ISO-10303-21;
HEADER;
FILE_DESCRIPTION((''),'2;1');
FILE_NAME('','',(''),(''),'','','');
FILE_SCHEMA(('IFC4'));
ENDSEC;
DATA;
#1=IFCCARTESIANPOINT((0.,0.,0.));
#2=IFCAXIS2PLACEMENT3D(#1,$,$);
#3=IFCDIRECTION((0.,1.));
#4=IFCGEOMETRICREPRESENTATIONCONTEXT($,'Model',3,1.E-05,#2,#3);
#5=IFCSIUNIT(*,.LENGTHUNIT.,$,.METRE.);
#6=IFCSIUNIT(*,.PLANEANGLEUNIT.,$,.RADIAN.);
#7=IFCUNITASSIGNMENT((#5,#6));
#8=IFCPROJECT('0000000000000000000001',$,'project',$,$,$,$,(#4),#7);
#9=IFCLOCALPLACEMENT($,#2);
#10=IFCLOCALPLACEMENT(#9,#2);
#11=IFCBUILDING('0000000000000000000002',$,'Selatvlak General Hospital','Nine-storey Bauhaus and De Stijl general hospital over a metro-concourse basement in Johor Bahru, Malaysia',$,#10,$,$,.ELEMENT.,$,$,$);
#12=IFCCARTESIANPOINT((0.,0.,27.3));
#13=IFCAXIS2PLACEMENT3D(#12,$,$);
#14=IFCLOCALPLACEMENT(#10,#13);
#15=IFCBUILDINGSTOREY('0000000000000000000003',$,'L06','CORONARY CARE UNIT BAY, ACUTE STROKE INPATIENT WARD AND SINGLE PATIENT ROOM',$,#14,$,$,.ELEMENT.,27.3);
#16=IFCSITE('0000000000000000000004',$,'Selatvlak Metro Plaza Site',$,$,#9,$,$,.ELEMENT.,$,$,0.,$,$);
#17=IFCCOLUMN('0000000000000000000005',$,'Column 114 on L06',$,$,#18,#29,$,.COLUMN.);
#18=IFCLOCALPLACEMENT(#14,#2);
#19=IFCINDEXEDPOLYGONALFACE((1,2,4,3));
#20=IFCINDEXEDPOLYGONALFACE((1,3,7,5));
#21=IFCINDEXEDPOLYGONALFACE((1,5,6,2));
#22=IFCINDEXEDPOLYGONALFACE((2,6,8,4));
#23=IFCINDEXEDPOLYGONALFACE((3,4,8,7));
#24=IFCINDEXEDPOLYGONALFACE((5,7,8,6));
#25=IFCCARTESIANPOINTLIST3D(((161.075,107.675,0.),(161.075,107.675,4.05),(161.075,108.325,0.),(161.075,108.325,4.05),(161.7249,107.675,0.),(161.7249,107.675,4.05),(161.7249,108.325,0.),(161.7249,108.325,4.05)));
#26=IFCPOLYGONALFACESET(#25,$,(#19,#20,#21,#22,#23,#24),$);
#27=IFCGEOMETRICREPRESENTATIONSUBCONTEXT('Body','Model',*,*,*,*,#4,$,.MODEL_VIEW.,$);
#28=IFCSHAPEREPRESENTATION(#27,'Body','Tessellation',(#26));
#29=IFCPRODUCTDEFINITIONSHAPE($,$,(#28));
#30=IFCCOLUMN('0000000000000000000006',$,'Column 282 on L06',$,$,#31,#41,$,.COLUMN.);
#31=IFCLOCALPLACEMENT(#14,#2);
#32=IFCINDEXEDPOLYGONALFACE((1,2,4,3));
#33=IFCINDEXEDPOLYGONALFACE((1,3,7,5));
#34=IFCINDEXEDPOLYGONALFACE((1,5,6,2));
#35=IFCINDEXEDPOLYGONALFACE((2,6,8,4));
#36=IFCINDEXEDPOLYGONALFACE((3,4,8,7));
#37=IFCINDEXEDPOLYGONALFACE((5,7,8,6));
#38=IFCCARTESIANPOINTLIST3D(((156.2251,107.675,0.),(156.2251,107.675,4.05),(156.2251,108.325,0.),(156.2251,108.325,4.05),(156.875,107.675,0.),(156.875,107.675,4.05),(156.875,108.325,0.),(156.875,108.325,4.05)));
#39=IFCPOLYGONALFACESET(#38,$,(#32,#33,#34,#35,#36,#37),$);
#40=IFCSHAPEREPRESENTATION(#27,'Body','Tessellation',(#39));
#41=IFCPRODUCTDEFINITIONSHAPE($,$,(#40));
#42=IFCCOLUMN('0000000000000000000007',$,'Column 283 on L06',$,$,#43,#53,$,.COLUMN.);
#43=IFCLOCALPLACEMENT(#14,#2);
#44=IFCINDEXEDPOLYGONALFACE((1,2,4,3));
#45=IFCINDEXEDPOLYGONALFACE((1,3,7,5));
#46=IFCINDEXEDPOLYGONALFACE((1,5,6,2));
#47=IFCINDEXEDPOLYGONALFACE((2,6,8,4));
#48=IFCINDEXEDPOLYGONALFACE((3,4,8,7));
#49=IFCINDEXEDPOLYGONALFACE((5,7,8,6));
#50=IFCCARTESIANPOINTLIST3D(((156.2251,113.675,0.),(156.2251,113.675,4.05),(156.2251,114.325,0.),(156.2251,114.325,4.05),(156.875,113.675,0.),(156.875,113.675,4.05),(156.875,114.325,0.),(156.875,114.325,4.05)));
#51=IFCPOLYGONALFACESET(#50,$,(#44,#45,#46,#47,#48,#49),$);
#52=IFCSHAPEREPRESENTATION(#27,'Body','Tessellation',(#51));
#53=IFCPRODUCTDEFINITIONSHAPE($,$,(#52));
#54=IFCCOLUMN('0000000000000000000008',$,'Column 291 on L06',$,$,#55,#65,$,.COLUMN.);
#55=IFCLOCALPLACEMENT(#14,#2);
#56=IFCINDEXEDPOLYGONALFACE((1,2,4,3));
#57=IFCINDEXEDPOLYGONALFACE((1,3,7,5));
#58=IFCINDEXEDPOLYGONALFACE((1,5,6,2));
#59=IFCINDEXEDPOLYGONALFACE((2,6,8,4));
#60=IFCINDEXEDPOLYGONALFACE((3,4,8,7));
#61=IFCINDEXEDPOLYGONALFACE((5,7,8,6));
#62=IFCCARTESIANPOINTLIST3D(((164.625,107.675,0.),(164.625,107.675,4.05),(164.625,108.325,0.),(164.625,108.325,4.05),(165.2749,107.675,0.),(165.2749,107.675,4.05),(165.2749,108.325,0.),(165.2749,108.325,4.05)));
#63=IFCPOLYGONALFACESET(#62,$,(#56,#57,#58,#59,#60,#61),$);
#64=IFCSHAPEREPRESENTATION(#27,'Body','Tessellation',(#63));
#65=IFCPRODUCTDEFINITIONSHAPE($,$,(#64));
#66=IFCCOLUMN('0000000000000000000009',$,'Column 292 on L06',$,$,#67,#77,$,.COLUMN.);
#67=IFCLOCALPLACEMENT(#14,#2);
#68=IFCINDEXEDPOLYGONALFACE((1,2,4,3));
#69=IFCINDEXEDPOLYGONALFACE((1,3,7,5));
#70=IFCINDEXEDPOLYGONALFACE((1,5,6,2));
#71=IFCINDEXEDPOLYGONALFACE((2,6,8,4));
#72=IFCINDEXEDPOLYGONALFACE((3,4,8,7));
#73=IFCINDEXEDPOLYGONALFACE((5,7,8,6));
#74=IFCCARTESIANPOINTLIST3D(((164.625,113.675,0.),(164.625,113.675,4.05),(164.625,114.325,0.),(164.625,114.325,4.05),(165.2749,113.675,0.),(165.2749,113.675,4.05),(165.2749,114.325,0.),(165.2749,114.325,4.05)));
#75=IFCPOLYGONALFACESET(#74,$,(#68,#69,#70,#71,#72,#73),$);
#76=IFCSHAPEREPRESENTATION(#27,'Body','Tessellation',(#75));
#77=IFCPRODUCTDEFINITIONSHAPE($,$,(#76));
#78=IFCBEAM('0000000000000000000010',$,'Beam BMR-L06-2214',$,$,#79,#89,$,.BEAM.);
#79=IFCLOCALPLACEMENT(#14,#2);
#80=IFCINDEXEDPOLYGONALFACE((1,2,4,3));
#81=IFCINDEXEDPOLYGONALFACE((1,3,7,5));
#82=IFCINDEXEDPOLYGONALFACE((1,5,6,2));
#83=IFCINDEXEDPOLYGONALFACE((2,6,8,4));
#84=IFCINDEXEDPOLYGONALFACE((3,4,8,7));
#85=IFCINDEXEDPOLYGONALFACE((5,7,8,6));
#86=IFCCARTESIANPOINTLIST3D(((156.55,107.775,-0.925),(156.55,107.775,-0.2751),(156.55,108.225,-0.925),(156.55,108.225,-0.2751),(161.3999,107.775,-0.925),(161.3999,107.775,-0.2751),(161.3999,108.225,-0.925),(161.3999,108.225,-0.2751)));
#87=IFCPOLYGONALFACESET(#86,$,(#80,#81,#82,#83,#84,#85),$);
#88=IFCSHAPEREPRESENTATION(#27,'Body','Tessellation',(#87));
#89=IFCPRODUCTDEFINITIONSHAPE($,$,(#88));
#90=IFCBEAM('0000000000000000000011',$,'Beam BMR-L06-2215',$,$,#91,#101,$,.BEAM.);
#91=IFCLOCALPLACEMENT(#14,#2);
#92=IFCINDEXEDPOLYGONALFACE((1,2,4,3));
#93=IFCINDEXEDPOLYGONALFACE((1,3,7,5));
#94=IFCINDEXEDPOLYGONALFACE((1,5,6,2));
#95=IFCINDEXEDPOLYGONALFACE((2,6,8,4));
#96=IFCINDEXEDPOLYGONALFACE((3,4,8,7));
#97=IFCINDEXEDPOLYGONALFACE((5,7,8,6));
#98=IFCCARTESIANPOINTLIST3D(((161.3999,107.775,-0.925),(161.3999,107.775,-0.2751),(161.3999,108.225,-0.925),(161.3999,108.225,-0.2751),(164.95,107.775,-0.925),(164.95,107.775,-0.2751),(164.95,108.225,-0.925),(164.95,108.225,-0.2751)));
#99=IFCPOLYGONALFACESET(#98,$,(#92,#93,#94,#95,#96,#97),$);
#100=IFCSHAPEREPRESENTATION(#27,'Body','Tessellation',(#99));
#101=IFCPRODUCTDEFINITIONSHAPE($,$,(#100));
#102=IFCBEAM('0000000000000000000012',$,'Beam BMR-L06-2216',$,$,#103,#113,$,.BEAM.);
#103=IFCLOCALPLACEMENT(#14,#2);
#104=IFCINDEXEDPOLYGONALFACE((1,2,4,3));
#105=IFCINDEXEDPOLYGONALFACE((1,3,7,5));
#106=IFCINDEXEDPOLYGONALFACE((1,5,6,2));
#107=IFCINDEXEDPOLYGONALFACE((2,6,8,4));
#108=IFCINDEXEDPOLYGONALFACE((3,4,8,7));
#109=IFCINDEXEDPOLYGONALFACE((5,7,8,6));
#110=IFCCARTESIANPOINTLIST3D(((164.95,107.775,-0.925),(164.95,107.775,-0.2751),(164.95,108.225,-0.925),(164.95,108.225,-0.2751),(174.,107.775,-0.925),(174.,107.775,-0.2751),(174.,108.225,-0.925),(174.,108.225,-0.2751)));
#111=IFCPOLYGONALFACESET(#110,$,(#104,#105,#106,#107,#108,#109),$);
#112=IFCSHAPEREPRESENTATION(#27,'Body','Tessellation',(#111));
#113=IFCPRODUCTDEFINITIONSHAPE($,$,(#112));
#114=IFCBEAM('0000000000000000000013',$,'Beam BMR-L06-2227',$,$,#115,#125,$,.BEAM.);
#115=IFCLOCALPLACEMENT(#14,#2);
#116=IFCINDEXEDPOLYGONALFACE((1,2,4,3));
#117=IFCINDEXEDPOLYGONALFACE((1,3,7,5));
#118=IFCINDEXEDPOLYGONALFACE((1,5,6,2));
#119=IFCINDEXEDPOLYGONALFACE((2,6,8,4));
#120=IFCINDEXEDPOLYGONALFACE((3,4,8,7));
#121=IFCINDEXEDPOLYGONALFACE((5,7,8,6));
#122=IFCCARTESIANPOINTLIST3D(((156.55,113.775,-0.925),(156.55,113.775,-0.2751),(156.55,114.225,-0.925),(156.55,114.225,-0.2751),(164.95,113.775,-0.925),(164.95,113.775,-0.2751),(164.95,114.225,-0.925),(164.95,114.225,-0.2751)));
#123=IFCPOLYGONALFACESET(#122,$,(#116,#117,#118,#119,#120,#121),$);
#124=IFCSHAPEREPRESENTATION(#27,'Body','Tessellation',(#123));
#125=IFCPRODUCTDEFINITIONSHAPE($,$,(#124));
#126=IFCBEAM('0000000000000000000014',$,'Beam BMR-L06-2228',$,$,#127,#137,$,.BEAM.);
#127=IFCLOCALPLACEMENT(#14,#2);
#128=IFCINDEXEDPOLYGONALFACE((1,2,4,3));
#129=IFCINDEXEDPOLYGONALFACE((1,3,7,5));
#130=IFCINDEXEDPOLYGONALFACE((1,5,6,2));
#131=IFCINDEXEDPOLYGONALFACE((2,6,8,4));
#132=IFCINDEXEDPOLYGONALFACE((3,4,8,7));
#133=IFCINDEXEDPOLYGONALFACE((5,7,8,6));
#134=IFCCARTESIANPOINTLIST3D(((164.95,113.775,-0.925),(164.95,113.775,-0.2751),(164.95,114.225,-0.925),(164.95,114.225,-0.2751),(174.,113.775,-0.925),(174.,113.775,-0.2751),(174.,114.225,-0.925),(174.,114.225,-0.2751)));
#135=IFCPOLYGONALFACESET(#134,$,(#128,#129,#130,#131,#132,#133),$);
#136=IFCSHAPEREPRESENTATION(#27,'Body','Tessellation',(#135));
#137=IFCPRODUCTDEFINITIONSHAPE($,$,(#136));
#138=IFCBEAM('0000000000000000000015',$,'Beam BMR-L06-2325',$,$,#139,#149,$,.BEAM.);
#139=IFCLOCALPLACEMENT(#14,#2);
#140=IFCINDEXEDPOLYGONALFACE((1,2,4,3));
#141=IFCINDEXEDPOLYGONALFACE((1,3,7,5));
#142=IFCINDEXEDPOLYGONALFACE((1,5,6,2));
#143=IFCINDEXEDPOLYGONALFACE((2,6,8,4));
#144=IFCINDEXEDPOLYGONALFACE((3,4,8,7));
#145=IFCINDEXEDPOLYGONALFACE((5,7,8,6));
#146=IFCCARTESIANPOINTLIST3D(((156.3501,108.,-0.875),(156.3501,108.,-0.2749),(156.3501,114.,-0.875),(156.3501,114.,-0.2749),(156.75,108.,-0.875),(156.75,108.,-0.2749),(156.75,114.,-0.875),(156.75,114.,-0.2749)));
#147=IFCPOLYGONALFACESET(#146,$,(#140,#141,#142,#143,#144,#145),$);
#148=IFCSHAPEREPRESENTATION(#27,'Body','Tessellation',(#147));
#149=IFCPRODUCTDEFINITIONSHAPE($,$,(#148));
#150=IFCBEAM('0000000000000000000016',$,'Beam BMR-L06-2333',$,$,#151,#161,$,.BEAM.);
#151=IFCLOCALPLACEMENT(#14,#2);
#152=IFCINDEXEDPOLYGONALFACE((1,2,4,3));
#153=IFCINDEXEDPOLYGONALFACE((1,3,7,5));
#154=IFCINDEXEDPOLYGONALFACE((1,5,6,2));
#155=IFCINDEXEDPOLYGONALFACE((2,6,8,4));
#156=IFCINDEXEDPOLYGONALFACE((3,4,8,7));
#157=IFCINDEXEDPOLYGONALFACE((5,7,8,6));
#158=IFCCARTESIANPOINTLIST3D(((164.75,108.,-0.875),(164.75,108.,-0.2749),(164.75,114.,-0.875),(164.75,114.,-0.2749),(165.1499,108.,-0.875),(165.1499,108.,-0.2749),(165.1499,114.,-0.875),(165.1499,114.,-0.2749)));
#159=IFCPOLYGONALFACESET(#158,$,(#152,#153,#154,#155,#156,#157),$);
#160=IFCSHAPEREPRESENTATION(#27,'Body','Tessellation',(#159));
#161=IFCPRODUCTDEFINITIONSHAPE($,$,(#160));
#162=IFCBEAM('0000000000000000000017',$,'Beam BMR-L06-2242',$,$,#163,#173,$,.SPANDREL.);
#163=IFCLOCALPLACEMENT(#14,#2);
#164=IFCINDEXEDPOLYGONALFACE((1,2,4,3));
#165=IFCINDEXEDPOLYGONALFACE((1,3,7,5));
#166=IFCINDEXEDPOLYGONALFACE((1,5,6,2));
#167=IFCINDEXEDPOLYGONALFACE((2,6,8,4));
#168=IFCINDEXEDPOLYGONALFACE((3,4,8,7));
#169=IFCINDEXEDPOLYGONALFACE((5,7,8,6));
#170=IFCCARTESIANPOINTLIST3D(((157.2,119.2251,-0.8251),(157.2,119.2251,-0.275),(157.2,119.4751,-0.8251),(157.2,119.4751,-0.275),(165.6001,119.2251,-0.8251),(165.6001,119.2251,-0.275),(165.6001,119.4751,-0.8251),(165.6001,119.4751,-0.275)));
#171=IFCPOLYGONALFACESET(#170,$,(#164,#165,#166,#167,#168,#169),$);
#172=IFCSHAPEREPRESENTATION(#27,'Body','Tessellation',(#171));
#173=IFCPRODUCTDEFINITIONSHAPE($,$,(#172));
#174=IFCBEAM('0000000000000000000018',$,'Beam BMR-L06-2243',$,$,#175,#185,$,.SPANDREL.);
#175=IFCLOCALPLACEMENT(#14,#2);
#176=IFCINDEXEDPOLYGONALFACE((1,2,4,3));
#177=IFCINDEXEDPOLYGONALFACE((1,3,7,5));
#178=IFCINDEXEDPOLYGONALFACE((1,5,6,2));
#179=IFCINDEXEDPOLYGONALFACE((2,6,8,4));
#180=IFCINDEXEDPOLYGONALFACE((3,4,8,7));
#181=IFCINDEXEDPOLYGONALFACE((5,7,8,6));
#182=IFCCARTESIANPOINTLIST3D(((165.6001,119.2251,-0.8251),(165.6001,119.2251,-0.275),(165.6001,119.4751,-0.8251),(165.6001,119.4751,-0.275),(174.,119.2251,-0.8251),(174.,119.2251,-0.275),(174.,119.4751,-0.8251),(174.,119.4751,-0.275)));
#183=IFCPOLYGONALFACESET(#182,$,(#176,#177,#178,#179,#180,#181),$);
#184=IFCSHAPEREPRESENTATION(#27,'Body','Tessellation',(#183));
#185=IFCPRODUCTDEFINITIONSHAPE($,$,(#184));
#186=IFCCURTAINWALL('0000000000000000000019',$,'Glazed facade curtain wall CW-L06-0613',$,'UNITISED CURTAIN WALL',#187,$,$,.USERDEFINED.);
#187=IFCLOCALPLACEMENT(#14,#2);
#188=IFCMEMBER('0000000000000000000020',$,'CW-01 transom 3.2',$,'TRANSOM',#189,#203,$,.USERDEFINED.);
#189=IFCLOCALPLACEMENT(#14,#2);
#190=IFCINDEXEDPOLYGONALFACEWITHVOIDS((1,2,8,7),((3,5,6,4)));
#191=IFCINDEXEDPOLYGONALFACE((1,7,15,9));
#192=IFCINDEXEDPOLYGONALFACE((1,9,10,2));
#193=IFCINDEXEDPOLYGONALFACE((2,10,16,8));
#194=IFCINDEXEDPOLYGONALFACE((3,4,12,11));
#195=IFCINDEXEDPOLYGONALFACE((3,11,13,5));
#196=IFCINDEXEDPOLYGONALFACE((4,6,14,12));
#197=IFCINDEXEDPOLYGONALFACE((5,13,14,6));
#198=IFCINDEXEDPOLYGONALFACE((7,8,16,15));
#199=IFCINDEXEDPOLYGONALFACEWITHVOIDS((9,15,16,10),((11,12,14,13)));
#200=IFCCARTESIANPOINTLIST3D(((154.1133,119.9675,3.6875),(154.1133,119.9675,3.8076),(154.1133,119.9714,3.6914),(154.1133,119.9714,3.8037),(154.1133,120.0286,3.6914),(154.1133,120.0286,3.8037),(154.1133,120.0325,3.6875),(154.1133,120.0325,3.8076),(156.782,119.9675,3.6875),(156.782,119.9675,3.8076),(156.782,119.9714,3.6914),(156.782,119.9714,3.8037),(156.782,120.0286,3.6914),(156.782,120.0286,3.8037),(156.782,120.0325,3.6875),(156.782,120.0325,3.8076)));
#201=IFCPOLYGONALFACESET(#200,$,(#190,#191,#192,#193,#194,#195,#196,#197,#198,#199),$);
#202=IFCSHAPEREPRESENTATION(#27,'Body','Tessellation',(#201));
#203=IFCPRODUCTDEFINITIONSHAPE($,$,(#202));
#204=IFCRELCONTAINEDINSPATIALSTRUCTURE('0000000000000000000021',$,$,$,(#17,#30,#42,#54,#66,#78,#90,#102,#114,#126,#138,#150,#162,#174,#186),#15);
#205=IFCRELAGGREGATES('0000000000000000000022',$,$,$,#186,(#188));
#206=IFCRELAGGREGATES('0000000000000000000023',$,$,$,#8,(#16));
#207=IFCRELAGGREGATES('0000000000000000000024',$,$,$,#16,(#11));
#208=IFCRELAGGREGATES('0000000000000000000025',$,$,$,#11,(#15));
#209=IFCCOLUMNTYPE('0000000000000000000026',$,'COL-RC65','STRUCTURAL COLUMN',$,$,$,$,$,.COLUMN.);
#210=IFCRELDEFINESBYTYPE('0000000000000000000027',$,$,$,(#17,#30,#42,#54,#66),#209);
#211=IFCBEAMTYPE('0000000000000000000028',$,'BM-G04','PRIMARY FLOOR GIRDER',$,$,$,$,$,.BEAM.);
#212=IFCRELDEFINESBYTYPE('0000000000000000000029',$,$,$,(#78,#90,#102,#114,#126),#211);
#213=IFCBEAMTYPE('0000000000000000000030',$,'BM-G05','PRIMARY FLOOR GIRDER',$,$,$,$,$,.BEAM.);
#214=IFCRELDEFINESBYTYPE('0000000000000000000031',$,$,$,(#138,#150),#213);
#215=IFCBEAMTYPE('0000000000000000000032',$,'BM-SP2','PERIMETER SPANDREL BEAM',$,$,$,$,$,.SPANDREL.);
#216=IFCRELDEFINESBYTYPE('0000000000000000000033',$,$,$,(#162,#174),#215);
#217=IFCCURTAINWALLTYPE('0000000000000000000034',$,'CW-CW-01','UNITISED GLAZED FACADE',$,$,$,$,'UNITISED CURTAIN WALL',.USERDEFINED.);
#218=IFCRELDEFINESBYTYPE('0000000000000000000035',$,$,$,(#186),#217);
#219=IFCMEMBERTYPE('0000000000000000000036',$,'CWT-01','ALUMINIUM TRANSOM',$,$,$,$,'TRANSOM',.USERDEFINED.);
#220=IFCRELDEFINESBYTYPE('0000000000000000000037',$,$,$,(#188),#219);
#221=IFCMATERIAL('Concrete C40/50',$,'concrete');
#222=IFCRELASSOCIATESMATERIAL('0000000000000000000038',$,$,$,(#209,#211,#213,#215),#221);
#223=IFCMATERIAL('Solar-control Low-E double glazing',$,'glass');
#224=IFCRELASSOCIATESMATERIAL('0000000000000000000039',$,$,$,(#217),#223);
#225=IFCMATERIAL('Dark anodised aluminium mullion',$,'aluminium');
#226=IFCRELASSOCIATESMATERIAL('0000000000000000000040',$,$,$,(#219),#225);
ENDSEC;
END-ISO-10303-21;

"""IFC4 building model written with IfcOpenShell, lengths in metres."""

from ifc_helpers import new_model, si_unit, direction, frame, origin, origin_2d, place, context, subcontext, project, spatial, rectangle, hollow_rectangle, extrude, material, material_profile, profile_set, type_object, element, aggregate, save


model = new_model("IFC4")

# Units and contexts
model_context = context("Model", 3, precision=1e-05, world=origin(), true_north=direction((0.0, 1.0)))
body_context = subcontext(model_context, "Body", "Model", "MODEL_VIEW")
ifc_project = project(units=[si_unit("LENGTHUNIT", "METRE"), si_unit("PLANEANGLEUNIT", "RADIAN")], contexts=[model_context])

# Site, building, storey
site_placement = place(None, origin())
site = spatial("IfcSite", under=ifc_project, at=site_placement, Name="Selatvlak Metro Plaza Site", CompositionType="ELEMENT", RefElevation=0.0)
building_placement = place(site_placement, origin())
building = spatial("IfcBuilding", under=site, at=building_placement, Name="Selatvlak General Hospital", Description="Nine-storey Bauhaus and De Stijl general hospital over a metro-concourse basement in Johor Bahru, Malaysia", CompositionType="ELEMENT")
storey_placement = place(building_placement, frame((0.0, 0.0, 27.3)))
storey = spatial("IfcBuildingStorey", under=building, at=storey_placement, Name="L06", Description="CORONARY CARE UNIT BAY, ACUTE STROKE INPATIENT WARD AND SINGLE PATIENT ROOM", CompositionType="ELEMENT", Elevation=27.3)

# Columns
ifc_material_1 = material(Name="Concrete C40/50", Category="concrete")
ifc_material_profile_1 = material_profile(ifc_material_1, rectangle(XDim=0.6499, YDim=0.6499, at=origin_2d()), Name="RC-COL 650x650")
ifc_profile_set_1 = profile_set([ifc_material_profile_1], Name="Concrete C40/50")
column_type = type_object("IfcColumnType", Name="COL-RC65", Description="STRUCTURAL COLUMN", PredefinedType="COLUMN", material=ifc_profile_set_1)
for number, where, z_axis, x_axis, name in (
    (1, (161.3999, 108.0, 0.0), (0.0, 0.0, 1.0), (1.0, 0.0, 0.0), "Column 114 on L06"),
    (2, (156.55, 108.0, 0.0), (0.0, 0.0, 1.0), (1.0, 0.0, 0.0), "Column 282 on L06"),
    (3, (156.55, 114.0, 0.0), (0.0, 0.0, 1.0), (1.0, 0.0, 0.0), "Column 283 on L06"),
    (4, (164.95, 108.0, 0.0), (0.0, 0.0, 1.0), (1.0, 0.0, 0.0), "Column 291 on L06"),
    (5, (164.95, 114.0, 0.0), (0.0, 0.0, 1.0), (1.0, 0.0, 0.0), "Column 292 on L06"),
):
    element("IfcColumn", number, at=place(storey_placement, frame(where, z_axis=z_axis, x_axis=x_axis)), inside=storey, type_object=column_type, Name=name, PredefinedType="COLUMN", context=body_context, shape_type="SweptSolid", body=[
        extrude(rectangle(XDim=0.6499, YDim=0.6499, at=origin_2d()), origin(), (0.0, 0.0, 1.0), 4.05),
    ])

# Beams
ifc_material_profile_2 = material_profile(ifc_material_1, rectangle(XDim=0.45, YDim=0.6499, at=origin_2d()), Name="RC-BM 450x650")
ifc_profile_set_2 = profile_set([ifc_material_profile_2], Name="Concrete C40/50")
beam_type_1 = type_object("IfcBeamType", Name="BM-G04", Description="PRIMARY FLOOR GIRDER", PredefinedType="BEAM", material=ifc_profile_set_2)
beam_1_placement = place(storey_placement, frame((156.55, 108.0, -0.6001), z_axis=(1.0, 0.0, 0.0), x_axis=(0.0, 1.0, 0.0)))
element("IfcBeam", 6, at=beam_1_placement, inside=storey, type_object=beam_type_1, Name="Beam BMR-L06-2214", PredefinedType="BEAM", context=body_context, shape_type="SweptSolid", body=[
    extrude(rectangle(XDim=0.45, YDim=0.6499, at=origin_2d()), origin(), (0.0, 0.0, 1.0), 4.8499),
])
beam_2_placement = place(storey_placement, frame((161.3999, 108.0, -0.6001), z_axis=(1.0, 0.0, 0.0), x_axis=(0.0, 1.0, 0.0)))
element("IfcBeam", 7, at=beam_2_placement, inside=storey, type_object=beam_type_1, Name="Beam BMR-L06-2215", PredefinedType="BEAM", context=body_context, shape_type="SweptSolid", body=[
    extrude(rectangle(XDim=0.45, YDim=0.6499, at=origin_2d()), origin(), (0.0, 0.0, 1.0), 3.55),
])
beam_3_placement = place(storey_placement, frame((164.95, 108.0, -0.6001), z_axis=(1.0, 0.0, 0.0), x_axis=(0.0, 1.0, 0.0)))
element("IfcBeam", 8, at=beam_3_placement, inside=storey, type_object=beam_type_1, Name="Beam BMR-L06-2216", PredefinedType="BEAM", context=body_context, shape_type="SweptSolid", body=[
    extrude(rectangle(XDim=0.45, YDim=0.6499, at=origin_2d()), origin(), (0.0, 0.0, 1.0), 9.05),
])
beam_4_placement = place(storey_placement, frame((156.55, 114.0, -0.6001), z_axis=(1.0, 0.0, 0.0), x_axis=(0.0, 1.0, 0.0)))
element("IfcBeam", 9, at=beam_4_placement, inside=storey, type_object=beam_type_1, Name="Beam BMR-L06-2227", PredefinedType="BEAM", context=body_context, shape_type="SweptSolid", body=[
    extrude(rectangle(XDim=0.45, YDim=0.6499, at=origin_2d()), origin(), (0.0, 0.0, 1.0), 8.3999),
])
beam_5_placement = place(storey_placement, frame((164.95, 114.0, -0.6001), z_axis=(1.0, 0.0, 0.0), x_axis=(0.0, 1.0, 0.0)))
element("IfcBeam", 10, at=beam_5_placement, inside=storey, type_object=beam_type_1, Name="Beam BMR-L06-2228", PredefinedType="BEAM", context=body_context, shape_type="SweptSolid", body=[
    extrude(rectangle(XDim=0.45, YDim=0.6499, at=origin_2d()), origin(), (0.0, 0.0, 1.0), 9.05),
])
ifc_material_profile_3 = material_profile(ifc_material_1, rectangle(XDim=0.3999, YDim=0.6001, at=origin_2d()), Name="RC-BM 400x600")
ifc_profile_set_3 = profile_set([ifc_material_profile_3], Name="Concrete C40/50")
beam_type_2 = type_object("IfcBeamType", Name="BM-G05", Description="PRIMARY FLOOR GIRDER", PredefinedType="BEAM", material=ifc_profile_set_3)
for number, where, z_axis, x_axis, name in (
    (11, (156.55, 108.0, -0.575), (0.0, 1.0, 0.0), (-1.0, 0.0, 0.0), "Beam BMR-L06-2325"),
    (12, (164.95, 108.0, -0.575), (0.0, 1.0, 0.0), (-1.0, 0.0, 0.0), "Beam BMR-L06-2333"),
):
    element("IfcBeam", number, at=place(storey_placement, frame(where, z_axis=z_axis, x_axis=x_axis)), inside=storey, type_object=beam_type_2, Name=name, PredefinedType="BEAM", context=body_context, shape_type="SweptSolid", body=[
        extrude(rectangle(XDim=0.3999, YDim=0.6001, at=origin_2d()), origin(), (0.0, 0.0, 1.0), 6.0),
    ])
ifc_material_profile_4 = material_profile(ifc_material_1, rectangle(XDim=0.25, YDim=0.55, at=origin_2d()), Name="RC-SP 250x550")
ifc_profile_set_4 = profile_set([ifc_material_profile_4], Name="Concrete C40/50")
beam_type_3 = type_object("IfcBeamType", Name="BM-SP2", Description="PERIMETER SPANDREL BEAM", PredefinedType="SPANDREL", material=ifc_profile_set_4)
beam_6_placement = place(storey_placement, frame((157.2, 119.3501, -0.55), z_axis=(1.0, 0.0, 0.0), x_axis=(0.0, 1.0, 0.0)))
element("IfcBeam", 13, at=beam_6_placement, inside=storey, type_object=beam_type_3, Name="Beam BMR-L06-2242", PredefinedType="SPANDREL", context=body_context, shape_type="SweptSolid", body=[
    extrude(rectangle(XDim=0.25, YDim=0.55, at=origin_2d()), origin(), (0.0, 0.0, 1.0), 8.4001),
])
beam_7_placement = place(storey_placement, frame((165.6001, 119.3501, -0.55), z_axis=(1.0, 0.0, 0.0), x_axis=(0.0, 1.0, 0.0)))
element("IfcBeam", 14, at=beam_7_placement, inside=storey, type_object=beam_type_3, Name="Beam BMR-L06-2243", PredefinedType="SPANDREL", context=body_context, shape_type="SweptSolid", body=[
    extrude(rectangle(XDim=0.25, YDim=0.55, at=origin_2d()), origin(), (0.0, 0.0, 1.0), 8.3999),
])

# Curtain wall, member
ifc_material_2 = material(Name="Solar-control Low-E double glazing", Category="glass")
curtain_wall_type = type_object("IfcCurtainWallType", Name="CW-CW-01", Description="UNITISED GLAZED FACADE", ElementType="UNITISED CURTAIN WALL", PredefinedType="USERDEFINED", material=ifc_material_2)
curtain_wall_placement = place(storey_placement, origin())
curtain_wall = element("IfcCurtainWall", 15, at=curtain_wall_placement, inside=storey, type_object=curtain_wall_type, Name="Glazed facade curtain wall CW-L06-0613", ObjectType="UNITISED CURTAIN WALL", PredefinedType="USERDEFINED")
ifc_material_3 = material(Name="Dark anodised aluminium mullion", Category="aluminium")
ifc_material_profile_5 = material_profile(ifc_material_3, hollow_rectangle(XDim=0.0649, YDim=0.1201, WallThickness=0.0039, at=origin_2d()), Name="AL-TRN 65x120x4")
ifc_profile_set_5 = profile_set([ifc_material_profile_5], Name="Dark anodised aluminium mullion")
member_type = type_object("IfcMemberType", Name="CWT-01", Description="ALUMINIUM TRANSOM", ElementType="TRANSOM", PredefinedType="USERDEFINED", material=ifc_profile_set_5)
member_placement = place(storey_placement, frame((154.1133, 120.0, 3.7476), z_axis=(1.0, 0.0, 0.0), x_axis=(0.0, 1.0, 0.0)))
member = element("IfcMember", 16, at=member_placement, type_object=member_type, Name="CW-01 transom 3.2", ObjectType="TRANSOM", PredefinedType="USERDEFINED", context=body_context, shape_type="SweptSolid", body=[
    extrude(hollow_rectangle(XDim=0.0649, YDim=0.1201, WallThickness=0.0039, at=origin_2d()), origin(), (0.0, 0.0, 1.0), 2.6687),
])
aggregate(curtain_wall, [member])

save(model, "model.ifc")
